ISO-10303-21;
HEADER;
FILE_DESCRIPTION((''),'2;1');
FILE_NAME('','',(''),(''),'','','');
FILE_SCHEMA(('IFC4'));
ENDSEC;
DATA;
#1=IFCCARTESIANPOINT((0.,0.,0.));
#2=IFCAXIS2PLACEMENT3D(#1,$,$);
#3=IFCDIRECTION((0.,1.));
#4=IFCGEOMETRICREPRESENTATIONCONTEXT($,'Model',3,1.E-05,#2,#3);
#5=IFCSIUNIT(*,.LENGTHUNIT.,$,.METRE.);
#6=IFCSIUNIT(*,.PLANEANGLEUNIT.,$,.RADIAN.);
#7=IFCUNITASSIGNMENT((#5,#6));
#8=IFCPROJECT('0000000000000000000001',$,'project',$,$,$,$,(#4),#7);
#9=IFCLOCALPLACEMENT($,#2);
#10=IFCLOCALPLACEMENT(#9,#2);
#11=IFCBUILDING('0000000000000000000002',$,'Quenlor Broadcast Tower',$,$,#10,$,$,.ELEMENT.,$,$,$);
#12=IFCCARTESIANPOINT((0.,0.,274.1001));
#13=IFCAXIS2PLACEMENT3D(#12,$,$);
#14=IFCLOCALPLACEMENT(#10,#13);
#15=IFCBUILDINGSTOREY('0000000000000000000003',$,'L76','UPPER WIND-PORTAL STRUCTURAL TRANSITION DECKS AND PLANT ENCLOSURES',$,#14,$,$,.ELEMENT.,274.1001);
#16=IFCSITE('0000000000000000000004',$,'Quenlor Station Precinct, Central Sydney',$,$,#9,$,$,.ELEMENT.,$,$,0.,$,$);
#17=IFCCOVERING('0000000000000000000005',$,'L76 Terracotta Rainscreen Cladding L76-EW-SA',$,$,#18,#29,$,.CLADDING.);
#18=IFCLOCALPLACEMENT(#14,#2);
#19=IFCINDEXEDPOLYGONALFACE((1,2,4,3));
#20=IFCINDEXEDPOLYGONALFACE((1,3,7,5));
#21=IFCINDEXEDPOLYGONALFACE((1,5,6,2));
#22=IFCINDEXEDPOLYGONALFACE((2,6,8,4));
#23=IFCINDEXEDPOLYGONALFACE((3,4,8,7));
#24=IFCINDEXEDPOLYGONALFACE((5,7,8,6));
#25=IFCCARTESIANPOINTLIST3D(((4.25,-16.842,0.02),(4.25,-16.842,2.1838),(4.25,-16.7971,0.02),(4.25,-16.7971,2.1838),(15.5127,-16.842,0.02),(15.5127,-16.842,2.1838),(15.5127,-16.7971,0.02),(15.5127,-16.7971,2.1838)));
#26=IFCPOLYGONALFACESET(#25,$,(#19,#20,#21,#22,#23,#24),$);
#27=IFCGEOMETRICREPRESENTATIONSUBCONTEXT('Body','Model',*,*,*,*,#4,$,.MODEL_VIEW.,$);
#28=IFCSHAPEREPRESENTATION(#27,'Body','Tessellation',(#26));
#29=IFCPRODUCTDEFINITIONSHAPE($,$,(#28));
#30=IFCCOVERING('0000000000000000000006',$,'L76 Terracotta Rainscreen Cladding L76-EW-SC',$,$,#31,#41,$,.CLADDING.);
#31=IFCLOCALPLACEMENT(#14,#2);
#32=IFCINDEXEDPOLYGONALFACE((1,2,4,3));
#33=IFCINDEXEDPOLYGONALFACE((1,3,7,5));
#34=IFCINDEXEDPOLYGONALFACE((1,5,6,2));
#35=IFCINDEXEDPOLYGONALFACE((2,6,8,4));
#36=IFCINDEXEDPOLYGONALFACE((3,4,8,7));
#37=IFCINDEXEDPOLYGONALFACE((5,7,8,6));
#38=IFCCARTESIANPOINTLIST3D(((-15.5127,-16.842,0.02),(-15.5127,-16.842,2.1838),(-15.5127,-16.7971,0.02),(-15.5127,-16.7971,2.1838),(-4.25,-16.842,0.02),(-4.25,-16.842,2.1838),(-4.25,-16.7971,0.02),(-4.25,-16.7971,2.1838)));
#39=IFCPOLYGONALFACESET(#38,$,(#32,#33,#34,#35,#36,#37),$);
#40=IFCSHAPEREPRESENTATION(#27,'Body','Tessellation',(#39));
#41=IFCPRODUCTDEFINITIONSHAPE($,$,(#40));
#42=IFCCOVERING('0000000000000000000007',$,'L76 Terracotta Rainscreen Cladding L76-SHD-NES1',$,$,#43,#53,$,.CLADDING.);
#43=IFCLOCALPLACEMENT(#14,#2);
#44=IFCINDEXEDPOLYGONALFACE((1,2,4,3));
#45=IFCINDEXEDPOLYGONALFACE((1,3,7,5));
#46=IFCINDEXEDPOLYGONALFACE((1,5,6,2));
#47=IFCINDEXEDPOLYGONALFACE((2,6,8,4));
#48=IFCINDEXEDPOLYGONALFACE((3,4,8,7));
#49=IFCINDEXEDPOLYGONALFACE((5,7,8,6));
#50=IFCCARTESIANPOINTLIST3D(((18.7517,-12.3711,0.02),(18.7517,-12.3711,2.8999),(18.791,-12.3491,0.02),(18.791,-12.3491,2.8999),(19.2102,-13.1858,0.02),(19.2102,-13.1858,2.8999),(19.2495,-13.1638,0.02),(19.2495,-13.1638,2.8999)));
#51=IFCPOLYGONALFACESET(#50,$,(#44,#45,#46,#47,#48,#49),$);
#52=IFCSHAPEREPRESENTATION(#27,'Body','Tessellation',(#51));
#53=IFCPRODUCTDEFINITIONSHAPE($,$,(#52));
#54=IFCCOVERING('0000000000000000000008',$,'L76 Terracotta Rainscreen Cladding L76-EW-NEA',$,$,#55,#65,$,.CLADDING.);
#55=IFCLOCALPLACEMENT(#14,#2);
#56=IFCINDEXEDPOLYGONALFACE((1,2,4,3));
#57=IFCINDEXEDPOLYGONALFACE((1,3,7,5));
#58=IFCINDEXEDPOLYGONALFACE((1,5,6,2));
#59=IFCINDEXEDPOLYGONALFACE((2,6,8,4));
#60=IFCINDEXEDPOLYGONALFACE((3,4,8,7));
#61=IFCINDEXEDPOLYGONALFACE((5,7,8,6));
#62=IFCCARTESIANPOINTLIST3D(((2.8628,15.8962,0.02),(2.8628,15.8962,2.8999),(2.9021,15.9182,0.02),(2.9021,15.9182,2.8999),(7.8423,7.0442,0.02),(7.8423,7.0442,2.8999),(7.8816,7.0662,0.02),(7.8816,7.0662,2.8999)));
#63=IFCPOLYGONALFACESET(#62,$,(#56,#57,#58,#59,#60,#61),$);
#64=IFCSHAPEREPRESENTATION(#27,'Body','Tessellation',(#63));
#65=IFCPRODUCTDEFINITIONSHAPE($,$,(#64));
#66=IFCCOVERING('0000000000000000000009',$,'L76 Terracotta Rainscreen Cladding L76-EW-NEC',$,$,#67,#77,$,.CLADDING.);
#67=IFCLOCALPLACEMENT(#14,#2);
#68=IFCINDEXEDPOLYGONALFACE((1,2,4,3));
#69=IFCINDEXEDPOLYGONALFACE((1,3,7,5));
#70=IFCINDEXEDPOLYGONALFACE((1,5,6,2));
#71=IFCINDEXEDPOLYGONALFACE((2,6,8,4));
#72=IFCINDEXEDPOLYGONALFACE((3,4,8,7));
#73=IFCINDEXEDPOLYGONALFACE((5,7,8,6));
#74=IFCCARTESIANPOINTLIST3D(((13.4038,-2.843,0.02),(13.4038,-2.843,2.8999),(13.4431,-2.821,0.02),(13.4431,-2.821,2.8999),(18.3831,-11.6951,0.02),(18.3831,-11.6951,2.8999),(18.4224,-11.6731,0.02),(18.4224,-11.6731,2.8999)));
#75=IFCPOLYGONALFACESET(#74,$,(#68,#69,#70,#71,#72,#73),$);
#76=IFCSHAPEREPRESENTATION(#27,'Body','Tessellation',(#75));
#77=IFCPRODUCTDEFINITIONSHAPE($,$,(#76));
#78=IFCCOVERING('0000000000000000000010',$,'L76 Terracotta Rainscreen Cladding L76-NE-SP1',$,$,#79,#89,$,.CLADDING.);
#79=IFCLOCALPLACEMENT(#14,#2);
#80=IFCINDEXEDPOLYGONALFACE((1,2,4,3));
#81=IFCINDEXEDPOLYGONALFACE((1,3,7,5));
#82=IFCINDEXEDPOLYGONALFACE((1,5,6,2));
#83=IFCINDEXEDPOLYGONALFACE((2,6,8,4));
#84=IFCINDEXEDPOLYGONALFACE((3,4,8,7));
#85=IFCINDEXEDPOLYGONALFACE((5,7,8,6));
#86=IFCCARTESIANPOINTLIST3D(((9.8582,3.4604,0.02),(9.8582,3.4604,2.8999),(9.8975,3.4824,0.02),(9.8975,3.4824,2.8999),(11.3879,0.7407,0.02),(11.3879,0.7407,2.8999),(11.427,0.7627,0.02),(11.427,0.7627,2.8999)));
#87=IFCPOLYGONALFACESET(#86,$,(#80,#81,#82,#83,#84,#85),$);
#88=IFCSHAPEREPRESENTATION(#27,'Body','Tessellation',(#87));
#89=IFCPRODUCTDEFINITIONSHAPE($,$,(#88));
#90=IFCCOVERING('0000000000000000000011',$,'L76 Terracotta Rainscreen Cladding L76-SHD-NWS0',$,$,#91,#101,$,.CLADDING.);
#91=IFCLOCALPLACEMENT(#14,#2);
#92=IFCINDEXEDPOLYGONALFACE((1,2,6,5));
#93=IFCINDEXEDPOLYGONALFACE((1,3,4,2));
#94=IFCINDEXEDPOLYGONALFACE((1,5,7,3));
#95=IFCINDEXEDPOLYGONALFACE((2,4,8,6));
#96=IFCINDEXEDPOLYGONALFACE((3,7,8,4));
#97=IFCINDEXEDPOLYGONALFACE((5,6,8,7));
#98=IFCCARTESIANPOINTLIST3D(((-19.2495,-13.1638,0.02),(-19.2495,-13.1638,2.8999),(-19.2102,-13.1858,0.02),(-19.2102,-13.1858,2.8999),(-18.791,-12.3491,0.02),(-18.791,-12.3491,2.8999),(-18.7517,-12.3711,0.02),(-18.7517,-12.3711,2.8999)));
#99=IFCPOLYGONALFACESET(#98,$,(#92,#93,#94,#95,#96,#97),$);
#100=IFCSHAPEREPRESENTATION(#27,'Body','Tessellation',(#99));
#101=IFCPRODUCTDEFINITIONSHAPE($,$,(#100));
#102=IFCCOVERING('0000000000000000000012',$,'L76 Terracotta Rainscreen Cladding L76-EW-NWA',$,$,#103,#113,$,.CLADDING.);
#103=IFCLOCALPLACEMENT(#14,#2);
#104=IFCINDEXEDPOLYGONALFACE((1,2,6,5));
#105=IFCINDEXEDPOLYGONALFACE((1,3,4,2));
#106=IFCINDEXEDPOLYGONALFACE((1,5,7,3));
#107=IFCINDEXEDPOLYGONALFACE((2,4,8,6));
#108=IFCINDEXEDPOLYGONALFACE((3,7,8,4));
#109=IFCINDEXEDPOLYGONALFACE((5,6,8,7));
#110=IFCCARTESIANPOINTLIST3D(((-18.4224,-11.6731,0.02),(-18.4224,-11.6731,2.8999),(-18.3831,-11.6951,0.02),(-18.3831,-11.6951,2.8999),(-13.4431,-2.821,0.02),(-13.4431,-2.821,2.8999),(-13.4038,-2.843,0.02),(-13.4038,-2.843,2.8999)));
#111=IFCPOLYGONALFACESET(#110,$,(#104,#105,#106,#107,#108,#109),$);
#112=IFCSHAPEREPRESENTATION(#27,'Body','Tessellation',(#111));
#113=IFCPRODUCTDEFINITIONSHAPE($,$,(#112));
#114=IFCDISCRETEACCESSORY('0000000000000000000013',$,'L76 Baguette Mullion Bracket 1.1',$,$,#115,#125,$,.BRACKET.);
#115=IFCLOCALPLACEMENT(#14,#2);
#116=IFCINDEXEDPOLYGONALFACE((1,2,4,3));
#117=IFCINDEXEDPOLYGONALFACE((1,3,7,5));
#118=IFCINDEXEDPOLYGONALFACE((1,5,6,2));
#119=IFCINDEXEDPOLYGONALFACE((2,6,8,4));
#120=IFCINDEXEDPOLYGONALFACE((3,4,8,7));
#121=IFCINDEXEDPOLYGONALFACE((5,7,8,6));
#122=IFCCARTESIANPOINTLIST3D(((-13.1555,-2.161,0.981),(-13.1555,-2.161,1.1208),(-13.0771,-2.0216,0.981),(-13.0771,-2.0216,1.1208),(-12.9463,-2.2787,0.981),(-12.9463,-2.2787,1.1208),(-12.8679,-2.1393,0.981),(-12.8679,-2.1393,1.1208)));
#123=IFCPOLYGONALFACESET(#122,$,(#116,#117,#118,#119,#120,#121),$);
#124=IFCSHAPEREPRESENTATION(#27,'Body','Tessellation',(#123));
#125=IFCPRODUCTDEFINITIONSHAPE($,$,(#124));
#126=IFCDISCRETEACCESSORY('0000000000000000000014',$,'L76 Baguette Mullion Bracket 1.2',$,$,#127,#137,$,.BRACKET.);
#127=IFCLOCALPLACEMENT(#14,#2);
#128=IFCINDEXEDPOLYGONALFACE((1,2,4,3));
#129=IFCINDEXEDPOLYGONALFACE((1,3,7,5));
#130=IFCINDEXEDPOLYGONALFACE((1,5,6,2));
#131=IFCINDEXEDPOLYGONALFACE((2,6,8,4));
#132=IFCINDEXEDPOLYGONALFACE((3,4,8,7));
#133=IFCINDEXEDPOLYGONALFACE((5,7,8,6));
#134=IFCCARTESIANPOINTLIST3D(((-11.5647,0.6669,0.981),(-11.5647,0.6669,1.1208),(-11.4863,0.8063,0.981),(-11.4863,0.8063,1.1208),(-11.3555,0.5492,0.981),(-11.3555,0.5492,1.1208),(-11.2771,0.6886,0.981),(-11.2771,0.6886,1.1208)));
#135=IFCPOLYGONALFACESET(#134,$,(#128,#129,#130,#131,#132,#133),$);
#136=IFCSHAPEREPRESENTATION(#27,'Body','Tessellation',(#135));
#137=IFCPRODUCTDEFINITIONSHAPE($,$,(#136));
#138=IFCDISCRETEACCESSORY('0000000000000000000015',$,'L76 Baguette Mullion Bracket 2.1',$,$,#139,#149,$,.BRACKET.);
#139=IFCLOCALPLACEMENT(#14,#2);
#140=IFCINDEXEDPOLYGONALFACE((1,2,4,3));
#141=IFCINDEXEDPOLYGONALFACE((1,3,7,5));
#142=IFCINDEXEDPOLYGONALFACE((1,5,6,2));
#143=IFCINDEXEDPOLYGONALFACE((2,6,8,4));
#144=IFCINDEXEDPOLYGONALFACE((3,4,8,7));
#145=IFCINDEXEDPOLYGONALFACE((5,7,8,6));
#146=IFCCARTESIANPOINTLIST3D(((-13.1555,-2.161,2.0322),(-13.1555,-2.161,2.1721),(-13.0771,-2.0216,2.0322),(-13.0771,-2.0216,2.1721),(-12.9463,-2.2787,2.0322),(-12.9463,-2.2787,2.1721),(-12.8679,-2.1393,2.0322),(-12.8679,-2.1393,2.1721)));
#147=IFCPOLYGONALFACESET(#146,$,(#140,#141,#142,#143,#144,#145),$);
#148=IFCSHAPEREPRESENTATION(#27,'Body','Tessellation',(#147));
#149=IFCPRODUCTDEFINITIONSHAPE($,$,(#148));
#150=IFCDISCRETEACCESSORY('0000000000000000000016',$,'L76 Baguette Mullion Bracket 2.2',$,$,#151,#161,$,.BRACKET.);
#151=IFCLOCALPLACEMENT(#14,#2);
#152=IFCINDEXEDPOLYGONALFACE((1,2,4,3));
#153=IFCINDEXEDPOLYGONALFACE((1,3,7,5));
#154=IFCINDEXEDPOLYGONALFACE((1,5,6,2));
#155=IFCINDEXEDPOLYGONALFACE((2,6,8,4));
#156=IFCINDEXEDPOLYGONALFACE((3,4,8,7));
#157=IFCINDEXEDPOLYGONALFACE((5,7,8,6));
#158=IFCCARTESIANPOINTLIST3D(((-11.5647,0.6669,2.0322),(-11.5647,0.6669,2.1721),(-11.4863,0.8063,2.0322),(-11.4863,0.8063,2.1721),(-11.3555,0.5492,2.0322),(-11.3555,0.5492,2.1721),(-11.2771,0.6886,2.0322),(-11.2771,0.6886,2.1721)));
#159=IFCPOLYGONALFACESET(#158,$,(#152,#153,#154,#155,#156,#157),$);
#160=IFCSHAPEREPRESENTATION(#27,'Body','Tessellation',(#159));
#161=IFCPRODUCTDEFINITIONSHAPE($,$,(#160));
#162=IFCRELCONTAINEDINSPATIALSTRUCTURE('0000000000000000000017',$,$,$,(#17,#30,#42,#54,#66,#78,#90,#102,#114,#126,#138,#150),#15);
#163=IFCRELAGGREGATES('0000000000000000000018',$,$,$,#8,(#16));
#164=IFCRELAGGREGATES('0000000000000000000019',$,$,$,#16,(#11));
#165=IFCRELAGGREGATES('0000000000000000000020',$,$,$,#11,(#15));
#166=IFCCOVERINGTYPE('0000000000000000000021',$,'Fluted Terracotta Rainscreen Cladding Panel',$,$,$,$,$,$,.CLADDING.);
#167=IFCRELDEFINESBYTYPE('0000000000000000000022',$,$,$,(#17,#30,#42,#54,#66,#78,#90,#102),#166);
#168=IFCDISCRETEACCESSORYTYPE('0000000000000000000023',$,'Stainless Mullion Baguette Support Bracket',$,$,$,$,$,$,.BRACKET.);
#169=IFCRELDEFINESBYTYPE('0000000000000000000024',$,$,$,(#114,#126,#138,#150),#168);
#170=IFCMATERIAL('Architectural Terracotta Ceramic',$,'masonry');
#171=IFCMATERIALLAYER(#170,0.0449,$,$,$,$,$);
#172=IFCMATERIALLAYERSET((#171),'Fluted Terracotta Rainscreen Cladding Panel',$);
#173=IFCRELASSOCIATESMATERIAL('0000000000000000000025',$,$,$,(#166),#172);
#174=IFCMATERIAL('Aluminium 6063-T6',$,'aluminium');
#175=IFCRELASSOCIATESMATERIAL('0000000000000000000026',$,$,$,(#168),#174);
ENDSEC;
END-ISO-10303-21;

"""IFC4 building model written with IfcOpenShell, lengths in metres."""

from ifc_helpers import new_model, si_unit, direction, frame, origin, origin_2d, place, context, subcontext, project, spatial, polyline, rectangle, outline, extrude, material, layer, layer_set, type_object, element, save


model = new_model("IFC4")

# Units and contexts
model_context = context("Model", 3, precision=1e-05, world=origin(), true_north=direction((0.0, 1.0)))
body_context = subcontext(model_context, "Body", "Model", "MODEL_VIEW")
ifc_project = project(units=[si_unit("LENGTHUNIT", "METRE"), si_unit("PLANEANGLEUNIT", "RADIAN")], contexts=[model_context])

# Site, building, storey
site_placement = place(None, origin())
site = spatial("IfcSite", under=ifc_project, at=site_placement, Name="Quenlor Station Precinct, Central Sydney", CompositionType="ELEMENT", RefElevation=0.0)
building_placement = place(site_placement, origin())
building = spatial("IfcBuilding", under=site, at=building_placement, Name="Quenlor Broadcast Tower", CompositionType="ELEMENT")
storey_placement = place(building_placement, frame((0.0, 0.0, 274.1001)))
storey = spatial("IfcBuildingStorey", under=building, at=storey_placement, Name="L76", Description="UPPER WIND-PORTAL STRUCTURAL TRANSITION DECKS AND PLANT ENCLOSURES", CompositionType="ELEMENT", Elevation=274.1001)

# Coverings
ifc_material_1 = material(Name="Architectural Terracotta Ceramic", Category="masonry")
ifc_layer_1 = layer(ifc_material_1, 0.0449)
ifc_layer_set_1 = layer_set([ifc_layer_1], Name="Fluted Terracotta Rainscreen Cladding Panel")
covering_type = type_object("IfcCoveringType", Name="Fluted Terracotta Rainscreen Cladding Panel", PredefinedType="CLADDING", material=ifc_layer_set_1)
covering_1_placement = place(storey_placement, frame((0.0, 0.0, 0.02)))
element("IfcCovering", 1, at=covering_1_placement, inside=storey, type_object=covering_type, Name="L76 Terracotta Rainscreen Cladding L76-EW-SA", PredefinedType="CLADDING", context=body_context, shape_type="SweptSolid", body=[
    extrude(outline(polyline([(15.5127, -16.7971), (4.25, -16.7971), (4.25, -16.842), (15.5127, -16.842), (15.5127, -16.7971)])), origin(), (0.0, 0.0, 1.0), 2.1638),
])
covering_2_placement = place(storey_placement, frame((0.0, 0.0, 0.02)))
element("IfcCovering", 2, at=covering_2_placement, inside=storey, type_object=covering_type, Name="L76 Terracotta Rainscreen Cladding L76-EW-SC", PredefinedType="CLADDING", context=body_context, shape_type="SweptSolid", body=[
    extrude(outline(polyline([(-4.25, -16.7971), (-15.5127, -16.7971), (-15.5127, -16.842), (-4.25, -16.842), (-4.25, -16.7971)])), origin(), (0.0, 0.0, 1.0), 2.1638),
])
covering_3_placement = place(storey_placement, frame((0.0, 0.0, 0.02)))
element("IfcCovering", 3, at=covering_3_placement, inside=storey, type_object=covering_type, Name="L76 Terracotta Rainscreen Cladding L76-SHD-NES1", PredefinedType="CLADDING", context=body_context, shape_type="SweptSolid", body=[
    extrude(outline(polyline([(18.7517, -12.3711), (19.2102, -13.1858), (19.2495, -13.1638), (18.791, -12.3491), (18.7517, -12.3711)])), origin(), (0.0, 0.0, 1.0), 2.8799),
])
covering_4_placement = place(storey_placement, frame((0.0, 0.0, 0.02)))
element("IfcCovering", 4, at=covering_4_placement, inside=storey, type_object=covering_type, Name="L76 Terracotta Rainscreen Cladding L76-EW-NEA", PredefinedType="CLADDING", context=body_context, shape_type="SweptSolid", body=[
    extrude(outline(polyline([(2.8628, 15.8962), (7.8423, 7.0442), (7.8816, 7.0662), (2.9021, 15.9182), (2.8628, 15.8962)])), origin(), (0.0, 0.0, 1.0), 2.8799),
])
covering_5_placement = place(storey_placement, frame((0.0, 0.0, 0.02)))
element("IfcCovering", 5, at=covering_5_placement, inside=storey, type_object=covering_type, Name="L76 Terracotta Rainscreen Cladding L76-EW-NEC", PredefinedType="CLADDING", context=body_context, shape_type="SweptSolid", body=[
    extrude(outline(polyline([(13.4038, -2.843), (18.3831, -11.6951), (18.4224, -11.6731), (13.4431, -2.821), (13.4038, -2.843)])), origin(), (0.0, 0.0, 1.0), 2.8799),
])
covering_6_placement = place(storey_placement, frame((0.0, 0.0, 0.02)))
element("IfcCovering", 6, at=covering_6_placement, inside=storey, type_object=covering_type, Name="L76 Terracotta Rainscreen Cladding L76-NE-SP1", PredefinedType="CLADDING", context=body_context, shape_type="SweptSolid", body=[
    extrude(outline(polyline([(9.8582, 3.4604), (11.3879, 0.7407), (11.427, 0.7627), (9.8975, 3.4824), (9.8582, 3.4604)])), origin(), (0.0, 0.0, 1.0), 2.8799),
])
covering_7_placement = place(storey_placement, frame((0.0, 0.0, 0.02)))
element("IfcCovering", 7, at=covering_7_placement, inside=storey, type_object=covering_type, Name="L76 Terracotta Rainscreen Cladding L76-SHD-NWS0", PredefinedType="CLADDING", context=body_context, shape_type="SweptSolid", body=[
    extrude(outline(polyline([(-19.2102, -13.1858), (-18.7517, -12.3711), (-18.791, -12.3491), (-19.2495, -13.1638), (-19.2102, -13.1858)])), origin(), (0.0, 0.0, 1.0), 2.8799),
])
covering_8_placement = place(storey_placement, frame((0.0, 0.0, 0.02)))
element("IfcCovering", 8, at=covering_8_placement, inside=storey, type_object=covering_type, Name="L76 Terracotta Rainscreen Cladding L76-EW-NWA", PredefinedType="CLADDING", context=body_context, shape_type="SweptSolid", body=[
    extrude(outline(polyline([(-18.3831, -11.6951), (-13.4038, -2.843), (-13.4431, -2.821), (-18.4224, -11.6731), (-18.3831, -11.6951)])), origin(), (0.0, 0.0, 1.0), 2.8799),
])

# Discrete accessories
ifc_material_2 = material(Name="Aluminium 6063-T6", Category="aluminium")
discrete_accessory_type = type_object("IfcDiscreteAccessoryType", Name="Stainless Mullion Baguette Support Bracket", PredefinedType="BRACKET", material=ifc_material_2)
for number, where, z_axis, x_axis, name in (
    (9, (-13.0117, -2.1501, 0.981), (0.0, 0.0, 1.0), (0.490268, 0.871572, 0.0), "L76 Baguette Mullion Bracket 1.1"),
    (10, (-11.4209, 0.6777, 0.981), (0.0, 0.0, 1.0), (0.490268, 0.871572, 0.0), "L76 Baguette Mullion Bracket 1.2"),
    (11, (-13.0117, -2.1501, 2.0322), (0.0, 0.0, 1.0), (0.490268, 0.871572, 0.0), "L76 Baguette Mullion Bracket 2.1"),
    (12, (-11.4209, 0.6777, 2.0322), (0.0, 0.0, 1.0), (0.490268, 0.871572, 0.0), "L76 Baguette Mullion Bracket 2.2"),
):
    element("IfcDiscreteAccessory", number, at=place(storey_placement, frame(where, z_axis=z_axis, x_axis=x_axis)), inside=storey, type_object=discrete_accessory_type, Name=name, PredefinedType="BRACKET", context=body_context, shape_type="SweptSolid", body=[
        extrude(rectangle(XDim=0.1599, YDim=0.24, at=origin_2d()), origin(), (0.0, 0.0, 1.0), 0.1399),
    ])

save(model, "model.ifc")
